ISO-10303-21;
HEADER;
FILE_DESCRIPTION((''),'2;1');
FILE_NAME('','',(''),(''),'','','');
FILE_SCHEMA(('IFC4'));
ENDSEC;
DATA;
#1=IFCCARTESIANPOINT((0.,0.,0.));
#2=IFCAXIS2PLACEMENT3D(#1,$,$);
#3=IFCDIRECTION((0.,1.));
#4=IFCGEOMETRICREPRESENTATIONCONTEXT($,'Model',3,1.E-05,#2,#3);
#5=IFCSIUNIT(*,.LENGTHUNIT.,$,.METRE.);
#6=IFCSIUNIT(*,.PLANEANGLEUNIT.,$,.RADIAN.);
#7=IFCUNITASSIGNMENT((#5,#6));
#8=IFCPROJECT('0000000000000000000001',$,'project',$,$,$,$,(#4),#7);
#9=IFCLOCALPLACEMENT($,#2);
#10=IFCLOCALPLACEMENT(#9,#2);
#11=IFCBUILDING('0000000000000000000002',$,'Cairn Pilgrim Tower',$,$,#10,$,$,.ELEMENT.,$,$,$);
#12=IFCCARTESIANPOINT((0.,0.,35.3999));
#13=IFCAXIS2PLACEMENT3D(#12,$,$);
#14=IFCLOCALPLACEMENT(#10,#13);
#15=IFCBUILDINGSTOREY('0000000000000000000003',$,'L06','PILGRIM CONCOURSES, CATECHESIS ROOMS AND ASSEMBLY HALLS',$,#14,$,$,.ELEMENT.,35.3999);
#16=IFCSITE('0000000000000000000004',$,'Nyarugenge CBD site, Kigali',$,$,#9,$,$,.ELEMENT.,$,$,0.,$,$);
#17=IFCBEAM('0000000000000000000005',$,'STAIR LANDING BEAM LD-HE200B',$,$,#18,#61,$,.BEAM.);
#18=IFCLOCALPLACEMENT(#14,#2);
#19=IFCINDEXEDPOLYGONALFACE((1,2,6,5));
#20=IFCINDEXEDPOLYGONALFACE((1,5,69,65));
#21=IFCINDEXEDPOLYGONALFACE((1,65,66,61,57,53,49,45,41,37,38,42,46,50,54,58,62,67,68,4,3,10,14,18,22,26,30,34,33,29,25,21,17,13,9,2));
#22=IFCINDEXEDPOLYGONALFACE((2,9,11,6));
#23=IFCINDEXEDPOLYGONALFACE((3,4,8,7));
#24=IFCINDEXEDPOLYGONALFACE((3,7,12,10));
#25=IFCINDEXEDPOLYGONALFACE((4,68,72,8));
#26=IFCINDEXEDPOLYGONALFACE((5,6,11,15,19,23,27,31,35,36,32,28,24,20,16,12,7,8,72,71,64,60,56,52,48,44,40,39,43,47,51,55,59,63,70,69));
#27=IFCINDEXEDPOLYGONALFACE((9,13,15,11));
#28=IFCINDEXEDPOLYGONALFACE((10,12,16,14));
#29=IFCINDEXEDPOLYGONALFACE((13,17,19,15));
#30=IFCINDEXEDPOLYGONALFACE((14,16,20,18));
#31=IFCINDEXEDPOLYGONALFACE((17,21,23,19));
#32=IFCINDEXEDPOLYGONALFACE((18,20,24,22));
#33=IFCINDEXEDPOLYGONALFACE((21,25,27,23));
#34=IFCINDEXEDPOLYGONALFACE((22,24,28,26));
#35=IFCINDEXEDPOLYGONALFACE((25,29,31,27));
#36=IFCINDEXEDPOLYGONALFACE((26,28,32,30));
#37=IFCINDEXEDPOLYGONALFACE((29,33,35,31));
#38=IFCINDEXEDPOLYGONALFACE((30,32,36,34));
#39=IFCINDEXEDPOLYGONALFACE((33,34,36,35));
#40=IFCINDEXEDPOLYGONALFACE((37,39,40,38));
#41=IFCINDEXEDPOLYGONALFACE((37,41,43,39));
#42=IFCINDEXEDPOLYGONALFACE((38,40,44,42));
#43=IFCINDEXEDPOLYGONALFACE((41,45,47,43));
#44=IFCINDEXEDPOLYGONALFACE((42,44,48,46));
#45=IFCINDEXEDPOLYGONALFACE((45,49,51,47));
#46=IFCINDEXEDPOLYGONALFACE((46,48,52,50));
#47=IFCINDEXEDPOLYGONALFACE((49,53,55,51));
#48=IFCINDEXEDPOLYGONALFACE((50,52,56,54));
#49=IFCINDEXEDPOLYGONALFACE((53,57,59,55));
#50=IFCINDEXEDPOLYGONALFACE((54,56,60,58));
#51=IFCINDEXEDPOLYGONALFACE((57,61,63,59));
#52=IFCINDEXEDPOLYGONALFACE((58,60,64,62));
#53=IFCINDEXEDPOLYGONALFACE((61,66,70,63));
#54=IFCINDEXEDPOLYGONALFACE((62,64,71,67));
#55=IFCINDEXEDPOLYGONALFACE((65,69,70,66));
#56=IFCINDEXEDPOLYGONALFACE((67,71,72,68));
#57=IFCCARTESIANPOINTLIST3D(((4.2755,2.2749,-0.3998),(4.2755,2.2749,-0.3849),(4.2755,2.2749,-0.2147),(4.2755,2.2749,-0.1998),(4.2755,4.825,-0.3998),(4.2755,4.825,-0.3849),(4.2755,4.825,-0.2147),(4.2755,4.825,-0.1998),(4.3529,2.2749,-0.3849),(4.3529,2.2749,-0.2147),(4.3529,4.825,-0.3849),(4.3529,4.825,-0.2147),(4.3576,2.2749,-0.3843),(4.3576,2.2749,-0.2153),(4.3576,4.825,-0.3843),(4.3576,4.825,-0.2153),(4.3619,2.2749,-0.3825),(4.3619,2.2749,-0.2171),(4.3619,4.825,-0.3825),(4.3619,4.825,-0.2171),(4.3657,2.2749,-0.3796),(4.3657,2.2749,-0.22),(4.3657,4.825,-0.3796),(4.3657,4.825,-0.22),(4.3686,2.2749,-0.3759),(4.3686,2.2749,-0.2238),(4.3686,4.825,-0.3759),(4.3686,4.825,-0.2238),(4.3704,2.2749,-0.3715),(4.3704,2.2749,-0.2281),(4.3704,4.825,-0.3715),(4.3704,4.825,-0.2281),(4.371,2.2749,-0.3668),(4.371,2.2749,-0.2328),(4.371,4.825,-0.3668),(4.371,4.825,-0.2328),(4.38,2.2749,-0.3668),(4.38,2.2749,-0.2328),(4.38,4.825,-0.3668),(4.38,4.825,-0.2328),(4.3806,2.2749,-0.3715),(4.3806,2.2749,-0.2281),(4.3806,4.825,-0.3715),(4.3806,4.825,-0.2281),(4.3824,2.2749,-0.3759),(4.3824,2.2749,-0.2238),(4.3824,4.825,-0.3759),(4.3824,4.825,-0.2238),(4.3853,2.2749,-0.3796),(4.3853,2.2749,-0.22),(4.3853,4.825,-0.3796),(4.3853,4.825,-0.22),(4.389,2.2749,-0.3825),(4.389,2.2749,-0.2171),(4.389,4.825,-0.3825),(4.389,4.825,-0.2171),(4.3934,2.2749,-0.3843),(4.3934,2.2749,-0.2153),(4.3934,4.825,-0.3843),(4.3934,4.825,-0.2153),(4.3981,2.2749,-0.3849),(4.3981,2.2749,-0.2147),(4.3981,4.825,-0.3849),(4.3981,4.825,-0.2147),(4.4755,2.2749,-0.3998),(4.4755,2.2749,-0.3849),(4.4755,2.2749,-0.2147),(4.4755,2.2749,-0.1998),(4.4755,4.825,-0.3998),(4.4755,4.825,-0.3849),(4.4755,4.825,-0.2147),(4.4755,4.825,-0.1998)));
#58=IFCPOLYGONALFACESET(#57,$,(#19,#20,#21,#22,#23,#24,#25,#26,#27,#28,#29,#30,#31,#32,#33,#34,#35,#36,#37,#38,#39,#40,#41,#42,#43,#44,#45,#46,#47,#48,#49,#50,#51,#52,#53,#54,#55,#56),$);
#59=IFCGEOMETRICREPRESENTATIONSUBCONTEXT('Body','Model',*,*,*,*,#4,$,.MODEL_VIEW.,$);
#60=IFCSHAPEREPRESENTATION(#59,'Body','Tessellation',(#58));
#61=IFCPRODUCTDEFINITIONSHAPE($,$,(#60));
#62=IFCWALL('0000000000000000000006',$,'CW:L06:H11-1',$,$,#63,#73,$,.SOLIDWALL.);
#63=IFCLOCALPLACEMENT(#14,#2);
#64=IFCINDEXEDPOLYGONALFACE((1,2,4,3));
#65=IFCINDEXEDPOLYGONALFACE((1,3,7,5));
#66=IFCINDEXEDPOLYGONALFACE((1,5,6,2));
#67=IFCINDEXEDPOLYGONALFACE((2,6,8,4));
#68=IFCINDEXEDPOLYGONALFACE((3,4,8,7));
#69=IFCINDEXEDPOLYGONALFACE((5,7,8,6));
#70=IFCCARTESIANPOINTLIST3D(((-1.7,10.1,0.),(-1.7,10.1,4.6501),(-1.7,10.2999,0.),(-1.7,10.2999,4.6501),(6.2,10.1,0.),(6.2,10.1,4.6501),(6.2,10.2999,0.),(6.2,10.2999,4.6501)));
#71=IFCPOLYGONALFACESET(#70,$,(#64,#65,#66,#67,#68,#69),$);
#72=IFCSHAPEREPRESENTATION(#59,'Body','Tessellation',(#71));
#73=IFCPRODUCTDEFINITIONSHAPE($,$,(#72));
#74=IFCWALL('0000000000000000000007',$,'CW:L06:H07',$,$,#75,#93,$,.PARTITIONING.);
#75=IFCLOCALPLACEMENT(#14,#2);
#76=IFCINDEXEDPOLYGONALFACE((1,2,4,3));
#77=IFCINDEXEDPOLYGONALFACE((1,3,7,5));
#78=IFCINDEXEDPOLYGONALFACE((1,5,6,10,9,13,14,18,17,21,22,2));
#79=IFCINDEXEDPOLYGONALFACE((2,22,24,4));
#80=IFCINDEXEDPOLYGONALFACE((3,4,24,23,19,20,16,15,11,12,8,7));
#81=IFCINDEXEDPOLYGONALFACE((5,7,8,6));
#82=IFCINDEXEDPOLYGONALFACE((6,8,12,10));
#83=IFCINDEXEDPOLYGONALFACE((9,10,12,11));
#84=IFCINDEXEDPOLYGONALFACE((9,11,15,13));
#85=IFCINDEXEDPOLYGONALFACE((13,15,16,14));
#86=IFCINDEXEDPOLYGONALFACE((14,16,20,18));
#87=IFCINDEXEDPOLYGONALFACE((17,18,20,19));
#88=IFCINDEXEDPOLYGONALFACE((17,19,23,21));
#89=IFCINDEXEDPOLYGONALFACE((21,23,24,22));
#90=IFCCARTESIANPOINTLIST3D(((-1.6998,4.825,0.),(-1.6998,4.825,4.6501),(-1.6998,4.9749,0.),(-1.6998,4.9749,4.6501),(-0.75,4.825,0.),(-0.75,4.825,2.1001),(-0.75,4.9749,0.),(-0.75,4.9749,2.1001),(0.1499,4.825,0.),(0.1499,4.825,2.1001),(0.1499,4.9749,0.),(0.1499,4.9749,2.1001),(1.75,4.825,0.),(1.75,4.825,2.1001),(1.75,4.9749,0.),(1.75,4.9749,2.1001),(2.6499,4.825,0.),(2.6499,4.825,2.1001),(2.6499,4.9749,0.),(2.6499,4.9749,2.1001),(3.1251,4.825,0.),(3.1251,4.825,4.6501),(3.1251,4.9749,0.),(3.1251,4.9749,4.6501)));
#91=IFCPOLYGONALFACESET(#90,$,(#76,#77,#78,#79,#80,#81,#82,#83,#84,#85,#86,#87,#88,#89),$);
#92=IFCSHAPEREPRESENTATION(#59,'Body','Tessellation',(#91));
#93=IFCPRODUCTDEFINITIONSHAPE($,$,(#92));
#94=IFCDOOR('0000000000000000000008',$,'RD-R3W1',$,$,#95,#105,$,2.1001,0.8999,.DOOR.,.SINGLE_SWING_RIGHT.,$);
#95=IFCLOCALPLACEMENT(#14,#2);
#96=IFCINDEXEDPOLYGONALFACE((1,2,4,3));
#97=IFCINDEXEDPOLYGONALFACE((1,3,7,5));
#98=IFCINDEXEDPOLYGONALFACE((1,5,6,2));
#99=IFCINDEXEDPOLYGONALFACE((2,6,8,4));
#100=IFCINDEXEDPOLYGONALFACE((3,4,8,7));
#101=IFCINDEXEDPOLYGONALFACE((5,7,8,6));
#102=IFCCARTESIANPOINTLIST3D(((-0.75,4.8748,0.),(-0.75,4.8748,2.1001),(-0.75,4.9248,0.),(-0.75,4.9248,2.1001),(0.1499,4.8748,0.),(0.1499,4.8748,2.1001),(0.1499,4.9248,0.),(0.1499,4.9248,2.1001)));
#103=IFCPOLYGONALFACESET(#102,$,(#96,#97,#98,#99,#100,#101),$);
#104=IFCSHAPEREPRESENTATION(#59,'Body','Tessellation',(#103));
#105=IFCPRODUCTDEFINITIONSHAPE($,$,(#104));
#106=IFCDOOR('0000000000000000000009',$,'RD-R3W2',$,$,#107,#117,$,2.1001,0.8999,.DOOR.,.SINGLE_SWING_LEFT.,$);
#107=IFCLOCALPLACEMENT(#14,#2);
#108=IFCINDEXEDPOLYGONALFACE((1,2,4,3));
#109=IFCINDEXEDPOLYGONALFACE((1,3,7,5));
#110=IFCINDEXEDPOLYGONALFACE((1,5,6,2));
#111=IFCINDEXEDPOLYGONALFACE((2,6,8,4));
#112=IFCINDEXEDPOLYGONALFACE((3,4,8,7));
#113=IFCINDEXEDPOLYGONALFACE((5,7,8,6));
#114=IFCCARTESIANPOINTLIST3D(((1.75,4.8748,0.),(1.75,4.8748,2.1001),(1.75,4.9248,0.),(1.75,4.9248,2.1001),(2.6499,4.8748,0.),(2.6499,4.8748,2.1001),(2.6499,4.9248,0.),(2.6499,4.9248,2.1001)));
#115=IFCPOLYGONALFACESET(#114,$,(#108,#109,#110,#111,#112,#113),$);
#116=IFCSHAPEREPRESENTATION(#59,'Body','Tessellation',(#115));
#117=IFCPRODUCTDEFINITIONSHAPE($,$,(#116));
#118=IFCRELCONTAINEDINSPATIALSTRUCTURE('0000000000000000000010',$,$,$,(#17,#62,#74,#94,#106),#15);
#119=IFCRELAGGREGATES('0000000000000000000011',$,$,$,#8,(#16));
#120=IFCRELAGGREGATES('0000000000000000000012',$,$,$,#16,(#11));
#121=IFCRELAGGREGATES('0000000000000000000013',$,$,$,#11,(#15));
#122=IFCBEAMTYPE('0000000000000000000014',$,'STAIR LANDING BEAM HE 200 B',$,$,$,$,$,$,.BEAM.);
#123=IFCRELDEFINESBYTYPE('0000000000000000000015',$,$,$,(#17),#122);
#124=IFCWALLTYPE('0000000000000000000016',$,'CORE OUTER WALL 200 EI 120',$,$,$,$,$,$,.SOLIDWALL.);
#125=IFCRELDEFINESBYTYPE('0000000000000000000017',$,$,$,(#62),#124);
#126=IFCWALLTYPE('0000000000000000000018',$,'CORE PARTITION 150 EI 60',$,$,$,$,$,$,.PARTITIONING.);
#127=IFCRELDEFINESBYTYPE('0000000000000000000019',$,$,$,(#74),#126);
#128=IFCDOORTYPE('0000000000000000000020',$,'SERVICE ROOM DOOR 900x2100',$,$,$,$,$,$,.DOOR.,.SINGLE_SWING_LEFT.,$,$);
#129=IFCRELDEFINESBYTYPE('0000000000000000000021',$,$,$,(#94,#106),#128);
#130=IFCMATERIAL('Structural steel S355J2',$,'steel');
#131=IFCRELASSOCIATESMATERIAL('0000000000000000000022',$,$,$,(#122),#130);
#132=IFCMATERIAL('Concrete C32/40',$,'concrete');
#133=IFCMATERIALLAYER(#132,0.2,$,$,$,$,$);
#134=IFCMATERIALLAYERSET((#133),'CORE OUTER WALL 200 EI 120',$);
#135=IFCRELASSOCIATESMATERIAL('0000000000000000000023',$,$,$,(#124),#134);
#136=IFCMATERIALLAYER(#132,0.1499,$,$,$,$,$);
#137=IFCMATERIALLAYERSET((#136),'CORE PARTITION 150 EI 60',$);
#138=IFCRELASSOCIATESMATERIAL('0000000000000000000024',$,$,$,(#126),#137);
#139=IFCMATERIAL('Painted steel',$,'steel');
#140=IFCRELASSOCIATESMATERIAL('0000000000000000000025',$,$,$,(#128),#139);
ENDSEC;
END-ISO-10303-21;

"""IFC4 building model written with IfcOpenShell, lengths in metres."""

from ifc_helpers import new_model, si_unit, direction, frame, frame_2d, origin, origin_2d, place, context, subcontext, project, spatial, rectangle, i_section, extrude, material, layer, layer_set, material_profile, profile_set, type_object, element, fill, save


model = new_model("IFC4")

# Units and contexts
model_context = context("Model", 3, precision=1e-05, world=origin(), true_north=direction((0.0, 1.0)))
body_context = subcontext(model_context, "Body", "Model", "MODEL_VIEW")
ifc_project = project(units=[si_unit("LENGTHUNIT", "METRE"), si_unit("PLANEANGLEUNIT", "RADIAN")], contexts=[model_context])

# Site, building, storey
site_placement = place(None, origin())
site = spatial("IfcSite", under=ifc_project, at=site_placement, Name="Nyarugenge CBD site, Kigali", CompositionType="ELEMENT", RefElevation=0.0)
building_placement = place(site_placement, origin())
building = spatial("IfcBuilding", under=site, at=building_placement, Name="Cairn Pilgrim Tower", CompositionType="ELEMENT")
storey_placement = place(building_placement, frame((0.0, 0.0, 35.3999)))
storey = spatial("IfcBuildingStorey", under=building, at=storey_placement, Name="L06", Description="PILGRIM CONCOURSES, CATECHESIS ROOMS AND ASSEMBLY HALLS", CompositionType="ELEMENT", Elevation=35.3999)

# Beam
ifc_material_1 = material(Name="Structural steel S355J2", Category="steel")
ifc_material_profile = material_profile(ifc_material_1, i_section(OverallWidth=0.2, OverallDepth=0.2, WebThickness=0.009, FlangeThickness=0.0149, FilletRadius=0.0181, at=origin_2d()), Name="HE 200 B")
ifc_profile_set = profile_set([ifc_material_profile], Name="Structural steel S355J2")
beam_type = type_object("IfcBeamType", Name="STAIR LANDING BEAM HE 200 B", PredefinedType="BEAM", material=ifc_profile_set)
beam_placement = place(storey_placement, frame((4.3755, 2.2749, -0.2998), z_axis=(0.0, 1.0, 0.0), x_axis=(-1.0, 0.0, 0.0)))
element("IfcBeam", 1, at=beam_placement, inside=storey, type_object=beam_type, Name="STAIR LANDING BEAM LD-HE200B", PredefinedType="BEAM", context=body_context, shape_type="SweptSolid", body=[
    extrude(i_section(OverallWidth=0.2, OverallDepth=0.2, WebThickness=0.009, FlangeThickness=0.0149, FilletRadius=0.0181, at=origin_2d()), origin(), (0.0, 0.0, 1.0), 2.55),
])

# Wall
ifc_material_2 = material(Name="Concrete C32/40", Category="concrete")
ifc_layer_1 = layer(ifc_material_2, 0.2)
ifc_layer_set_1 = layer_set([ifc_layer_1], Name="CORE OUTER WALL 200 EI 120")
wall_type_1 = type_object("IfcWallType", Name="CORE OUTER WALL 200 EI 120", PredefinedType="SOLIDWALL", material=ifc_layer_set_1)
wall_1_placement = place(storey_placement, frame((-1.7, 10.2, 0.0), z_axis=(0.0, 0.0, 1.0), x_axis=(1.0, 0.0, 0.0)))
element("IfcWall", 2, at=wall_1_placement, inside=storey, type_object=wall_type_1, Name="CW:L06:H11-1", PredefinedType="SOLIDWALL", context=body_context, shape_type="SweptSolid", body=[
    extrude(rectangle(XDim=7.8999, YDim=0.2, at=frame_2d((3.95, 0.0))), origin(), (0.0, 0.0, 1.0), 4.6501),
])

# Wall, openings, doors
ifc_layer_2 = layer(ifc_material_2, 0.1499)
ifc_layer_set_2 = layer_set([ifc_layer_2], Name="CORE PARTITION 150 EI 60")
wall_type_2 = type_object("IfcWallType", Name="CORE PARTITION 150 EI 60", PredefinedType="PARTITIONING", material=ifc_layer_set_2)
wall_2_placement = place(storey_placement, frame((-1.7, 4.8999, 0.0), z_axis=(0.0, 0.0, 1.0), x_axis=(1.0, 0.0, 0.0)))
wall_2 = element("IfcWall", 3, at=wall_2_placement, inside=storey, type_object=wall_type_2, Name="CW:L06:H07", PredefinedType="PARTITIONING", context=body_context, shape_type="SweptSolid", body=[
    extrude(rectangle(XDim=4.825, YDim=0.1499, at=frame_2d((2.4126, 0.0))), origin(), (0.0, 0.0, 1.0), 4.6501),
])
opening_1_placement = place(wall_2_placement, frame((0.95, 0.0, 0.0)))
opening_1 = element("IfcOpeningElement", 4, at=opening_1_placement, cuts=wall_2, PredefinedType="OPENING", context=body_context, shape_type="SweptSolid", body=[
    extrude(rectangle(XDim=0.8999, YDim=2.1001, at=frame_2d((0.45, 1.05))), frame((0.0, 0.085, 0.0), z_axis=(0.0, -1.0, 0.0), x_axis=(1.0, 0.0, 0.0)), (0.0, 0.0, 1.0), 0.1699),
])
opening_2_placement = place(wall_2_placement, frame((3.45, 0.0, 0.0)))
opening_2 = element("IfcOpeningElement", 5, at=opening_2_placement, cuts=wall_2, PredefinedType="OPENING", context=body_context, shape_type="SweptSolid", body=[
    extrude(rectangle(XDim=0.8999, YDim=2.1001, at=frame_2d((0.45, 1.05))), frame((0.0, 0.085, 0.0), z_axis=(0.0, -1.0, 0.0), x_axis=(1.0, 0.0, 0.0)), (0.0, 0.0, 1.0), 0.1699),
])
ifc_material_3 = material(Name="Painted steel", Category="steel")
door_type_1 = type_object("IfcDoorType", Name="SERVICE ROOM DOOR 900x2100", OperationType="SINGLE_SWING_LEFT", PredefinedType="DOOR", material=ifc_material_3)
door_1_placement = place(opening_1_placement, origin())
door_1 = element("IfcDoor", 6, at=door_1_placement, inside=storey, type_object=door_type_1, Name="RD-R3W1", OperationType="SINGLE_SWING_RIGHT", OverallHeight=2.1001, OverallWidth=0.8999, PredefinedType="DOOR", context=body_context, shape_type="SweptSolid", body=[
    extrude(rectangle(XDim=0.8999, YDim=2.1001, at=frame_2d((0.45, 1.05))), frame((0.0, 0.0249, 0.0), z_axis=(0.0, -1.0, 0.0), x_axis=(1.0, 0.0, 0.0)), (0.0, 0.0, 1.0), 0.05),
])
fill(opening_1, door_1)
door_2_placement = place(opening_2_placement, origin())
door_2 = element("IfcDoor", 7, at=door_2_placement, inside=storey, type_object=door_type_1, Name="RD-R3W2", OperationType="SINGLE_SWING_LEFT", OverallHeight=2.1001, OverallWidth=0.8999, PredefinedType="DOOR", context=body_context, shape_type="SweptSolid", body=[
    extrude(rectangle(XDim=0.8999, YDim=2.1001, at=frame_2d((0.45, 1.05))), frame((0.0, 0.0249, 0.0), z_axis=(0.0, -1.0, 0.0), x_axis=(1.0, 0.0, 0.0)), (0.0, 0.0, 1.0), 0.05),
])
fill(opening_2, door_2)

save(model, "model.ifc")
